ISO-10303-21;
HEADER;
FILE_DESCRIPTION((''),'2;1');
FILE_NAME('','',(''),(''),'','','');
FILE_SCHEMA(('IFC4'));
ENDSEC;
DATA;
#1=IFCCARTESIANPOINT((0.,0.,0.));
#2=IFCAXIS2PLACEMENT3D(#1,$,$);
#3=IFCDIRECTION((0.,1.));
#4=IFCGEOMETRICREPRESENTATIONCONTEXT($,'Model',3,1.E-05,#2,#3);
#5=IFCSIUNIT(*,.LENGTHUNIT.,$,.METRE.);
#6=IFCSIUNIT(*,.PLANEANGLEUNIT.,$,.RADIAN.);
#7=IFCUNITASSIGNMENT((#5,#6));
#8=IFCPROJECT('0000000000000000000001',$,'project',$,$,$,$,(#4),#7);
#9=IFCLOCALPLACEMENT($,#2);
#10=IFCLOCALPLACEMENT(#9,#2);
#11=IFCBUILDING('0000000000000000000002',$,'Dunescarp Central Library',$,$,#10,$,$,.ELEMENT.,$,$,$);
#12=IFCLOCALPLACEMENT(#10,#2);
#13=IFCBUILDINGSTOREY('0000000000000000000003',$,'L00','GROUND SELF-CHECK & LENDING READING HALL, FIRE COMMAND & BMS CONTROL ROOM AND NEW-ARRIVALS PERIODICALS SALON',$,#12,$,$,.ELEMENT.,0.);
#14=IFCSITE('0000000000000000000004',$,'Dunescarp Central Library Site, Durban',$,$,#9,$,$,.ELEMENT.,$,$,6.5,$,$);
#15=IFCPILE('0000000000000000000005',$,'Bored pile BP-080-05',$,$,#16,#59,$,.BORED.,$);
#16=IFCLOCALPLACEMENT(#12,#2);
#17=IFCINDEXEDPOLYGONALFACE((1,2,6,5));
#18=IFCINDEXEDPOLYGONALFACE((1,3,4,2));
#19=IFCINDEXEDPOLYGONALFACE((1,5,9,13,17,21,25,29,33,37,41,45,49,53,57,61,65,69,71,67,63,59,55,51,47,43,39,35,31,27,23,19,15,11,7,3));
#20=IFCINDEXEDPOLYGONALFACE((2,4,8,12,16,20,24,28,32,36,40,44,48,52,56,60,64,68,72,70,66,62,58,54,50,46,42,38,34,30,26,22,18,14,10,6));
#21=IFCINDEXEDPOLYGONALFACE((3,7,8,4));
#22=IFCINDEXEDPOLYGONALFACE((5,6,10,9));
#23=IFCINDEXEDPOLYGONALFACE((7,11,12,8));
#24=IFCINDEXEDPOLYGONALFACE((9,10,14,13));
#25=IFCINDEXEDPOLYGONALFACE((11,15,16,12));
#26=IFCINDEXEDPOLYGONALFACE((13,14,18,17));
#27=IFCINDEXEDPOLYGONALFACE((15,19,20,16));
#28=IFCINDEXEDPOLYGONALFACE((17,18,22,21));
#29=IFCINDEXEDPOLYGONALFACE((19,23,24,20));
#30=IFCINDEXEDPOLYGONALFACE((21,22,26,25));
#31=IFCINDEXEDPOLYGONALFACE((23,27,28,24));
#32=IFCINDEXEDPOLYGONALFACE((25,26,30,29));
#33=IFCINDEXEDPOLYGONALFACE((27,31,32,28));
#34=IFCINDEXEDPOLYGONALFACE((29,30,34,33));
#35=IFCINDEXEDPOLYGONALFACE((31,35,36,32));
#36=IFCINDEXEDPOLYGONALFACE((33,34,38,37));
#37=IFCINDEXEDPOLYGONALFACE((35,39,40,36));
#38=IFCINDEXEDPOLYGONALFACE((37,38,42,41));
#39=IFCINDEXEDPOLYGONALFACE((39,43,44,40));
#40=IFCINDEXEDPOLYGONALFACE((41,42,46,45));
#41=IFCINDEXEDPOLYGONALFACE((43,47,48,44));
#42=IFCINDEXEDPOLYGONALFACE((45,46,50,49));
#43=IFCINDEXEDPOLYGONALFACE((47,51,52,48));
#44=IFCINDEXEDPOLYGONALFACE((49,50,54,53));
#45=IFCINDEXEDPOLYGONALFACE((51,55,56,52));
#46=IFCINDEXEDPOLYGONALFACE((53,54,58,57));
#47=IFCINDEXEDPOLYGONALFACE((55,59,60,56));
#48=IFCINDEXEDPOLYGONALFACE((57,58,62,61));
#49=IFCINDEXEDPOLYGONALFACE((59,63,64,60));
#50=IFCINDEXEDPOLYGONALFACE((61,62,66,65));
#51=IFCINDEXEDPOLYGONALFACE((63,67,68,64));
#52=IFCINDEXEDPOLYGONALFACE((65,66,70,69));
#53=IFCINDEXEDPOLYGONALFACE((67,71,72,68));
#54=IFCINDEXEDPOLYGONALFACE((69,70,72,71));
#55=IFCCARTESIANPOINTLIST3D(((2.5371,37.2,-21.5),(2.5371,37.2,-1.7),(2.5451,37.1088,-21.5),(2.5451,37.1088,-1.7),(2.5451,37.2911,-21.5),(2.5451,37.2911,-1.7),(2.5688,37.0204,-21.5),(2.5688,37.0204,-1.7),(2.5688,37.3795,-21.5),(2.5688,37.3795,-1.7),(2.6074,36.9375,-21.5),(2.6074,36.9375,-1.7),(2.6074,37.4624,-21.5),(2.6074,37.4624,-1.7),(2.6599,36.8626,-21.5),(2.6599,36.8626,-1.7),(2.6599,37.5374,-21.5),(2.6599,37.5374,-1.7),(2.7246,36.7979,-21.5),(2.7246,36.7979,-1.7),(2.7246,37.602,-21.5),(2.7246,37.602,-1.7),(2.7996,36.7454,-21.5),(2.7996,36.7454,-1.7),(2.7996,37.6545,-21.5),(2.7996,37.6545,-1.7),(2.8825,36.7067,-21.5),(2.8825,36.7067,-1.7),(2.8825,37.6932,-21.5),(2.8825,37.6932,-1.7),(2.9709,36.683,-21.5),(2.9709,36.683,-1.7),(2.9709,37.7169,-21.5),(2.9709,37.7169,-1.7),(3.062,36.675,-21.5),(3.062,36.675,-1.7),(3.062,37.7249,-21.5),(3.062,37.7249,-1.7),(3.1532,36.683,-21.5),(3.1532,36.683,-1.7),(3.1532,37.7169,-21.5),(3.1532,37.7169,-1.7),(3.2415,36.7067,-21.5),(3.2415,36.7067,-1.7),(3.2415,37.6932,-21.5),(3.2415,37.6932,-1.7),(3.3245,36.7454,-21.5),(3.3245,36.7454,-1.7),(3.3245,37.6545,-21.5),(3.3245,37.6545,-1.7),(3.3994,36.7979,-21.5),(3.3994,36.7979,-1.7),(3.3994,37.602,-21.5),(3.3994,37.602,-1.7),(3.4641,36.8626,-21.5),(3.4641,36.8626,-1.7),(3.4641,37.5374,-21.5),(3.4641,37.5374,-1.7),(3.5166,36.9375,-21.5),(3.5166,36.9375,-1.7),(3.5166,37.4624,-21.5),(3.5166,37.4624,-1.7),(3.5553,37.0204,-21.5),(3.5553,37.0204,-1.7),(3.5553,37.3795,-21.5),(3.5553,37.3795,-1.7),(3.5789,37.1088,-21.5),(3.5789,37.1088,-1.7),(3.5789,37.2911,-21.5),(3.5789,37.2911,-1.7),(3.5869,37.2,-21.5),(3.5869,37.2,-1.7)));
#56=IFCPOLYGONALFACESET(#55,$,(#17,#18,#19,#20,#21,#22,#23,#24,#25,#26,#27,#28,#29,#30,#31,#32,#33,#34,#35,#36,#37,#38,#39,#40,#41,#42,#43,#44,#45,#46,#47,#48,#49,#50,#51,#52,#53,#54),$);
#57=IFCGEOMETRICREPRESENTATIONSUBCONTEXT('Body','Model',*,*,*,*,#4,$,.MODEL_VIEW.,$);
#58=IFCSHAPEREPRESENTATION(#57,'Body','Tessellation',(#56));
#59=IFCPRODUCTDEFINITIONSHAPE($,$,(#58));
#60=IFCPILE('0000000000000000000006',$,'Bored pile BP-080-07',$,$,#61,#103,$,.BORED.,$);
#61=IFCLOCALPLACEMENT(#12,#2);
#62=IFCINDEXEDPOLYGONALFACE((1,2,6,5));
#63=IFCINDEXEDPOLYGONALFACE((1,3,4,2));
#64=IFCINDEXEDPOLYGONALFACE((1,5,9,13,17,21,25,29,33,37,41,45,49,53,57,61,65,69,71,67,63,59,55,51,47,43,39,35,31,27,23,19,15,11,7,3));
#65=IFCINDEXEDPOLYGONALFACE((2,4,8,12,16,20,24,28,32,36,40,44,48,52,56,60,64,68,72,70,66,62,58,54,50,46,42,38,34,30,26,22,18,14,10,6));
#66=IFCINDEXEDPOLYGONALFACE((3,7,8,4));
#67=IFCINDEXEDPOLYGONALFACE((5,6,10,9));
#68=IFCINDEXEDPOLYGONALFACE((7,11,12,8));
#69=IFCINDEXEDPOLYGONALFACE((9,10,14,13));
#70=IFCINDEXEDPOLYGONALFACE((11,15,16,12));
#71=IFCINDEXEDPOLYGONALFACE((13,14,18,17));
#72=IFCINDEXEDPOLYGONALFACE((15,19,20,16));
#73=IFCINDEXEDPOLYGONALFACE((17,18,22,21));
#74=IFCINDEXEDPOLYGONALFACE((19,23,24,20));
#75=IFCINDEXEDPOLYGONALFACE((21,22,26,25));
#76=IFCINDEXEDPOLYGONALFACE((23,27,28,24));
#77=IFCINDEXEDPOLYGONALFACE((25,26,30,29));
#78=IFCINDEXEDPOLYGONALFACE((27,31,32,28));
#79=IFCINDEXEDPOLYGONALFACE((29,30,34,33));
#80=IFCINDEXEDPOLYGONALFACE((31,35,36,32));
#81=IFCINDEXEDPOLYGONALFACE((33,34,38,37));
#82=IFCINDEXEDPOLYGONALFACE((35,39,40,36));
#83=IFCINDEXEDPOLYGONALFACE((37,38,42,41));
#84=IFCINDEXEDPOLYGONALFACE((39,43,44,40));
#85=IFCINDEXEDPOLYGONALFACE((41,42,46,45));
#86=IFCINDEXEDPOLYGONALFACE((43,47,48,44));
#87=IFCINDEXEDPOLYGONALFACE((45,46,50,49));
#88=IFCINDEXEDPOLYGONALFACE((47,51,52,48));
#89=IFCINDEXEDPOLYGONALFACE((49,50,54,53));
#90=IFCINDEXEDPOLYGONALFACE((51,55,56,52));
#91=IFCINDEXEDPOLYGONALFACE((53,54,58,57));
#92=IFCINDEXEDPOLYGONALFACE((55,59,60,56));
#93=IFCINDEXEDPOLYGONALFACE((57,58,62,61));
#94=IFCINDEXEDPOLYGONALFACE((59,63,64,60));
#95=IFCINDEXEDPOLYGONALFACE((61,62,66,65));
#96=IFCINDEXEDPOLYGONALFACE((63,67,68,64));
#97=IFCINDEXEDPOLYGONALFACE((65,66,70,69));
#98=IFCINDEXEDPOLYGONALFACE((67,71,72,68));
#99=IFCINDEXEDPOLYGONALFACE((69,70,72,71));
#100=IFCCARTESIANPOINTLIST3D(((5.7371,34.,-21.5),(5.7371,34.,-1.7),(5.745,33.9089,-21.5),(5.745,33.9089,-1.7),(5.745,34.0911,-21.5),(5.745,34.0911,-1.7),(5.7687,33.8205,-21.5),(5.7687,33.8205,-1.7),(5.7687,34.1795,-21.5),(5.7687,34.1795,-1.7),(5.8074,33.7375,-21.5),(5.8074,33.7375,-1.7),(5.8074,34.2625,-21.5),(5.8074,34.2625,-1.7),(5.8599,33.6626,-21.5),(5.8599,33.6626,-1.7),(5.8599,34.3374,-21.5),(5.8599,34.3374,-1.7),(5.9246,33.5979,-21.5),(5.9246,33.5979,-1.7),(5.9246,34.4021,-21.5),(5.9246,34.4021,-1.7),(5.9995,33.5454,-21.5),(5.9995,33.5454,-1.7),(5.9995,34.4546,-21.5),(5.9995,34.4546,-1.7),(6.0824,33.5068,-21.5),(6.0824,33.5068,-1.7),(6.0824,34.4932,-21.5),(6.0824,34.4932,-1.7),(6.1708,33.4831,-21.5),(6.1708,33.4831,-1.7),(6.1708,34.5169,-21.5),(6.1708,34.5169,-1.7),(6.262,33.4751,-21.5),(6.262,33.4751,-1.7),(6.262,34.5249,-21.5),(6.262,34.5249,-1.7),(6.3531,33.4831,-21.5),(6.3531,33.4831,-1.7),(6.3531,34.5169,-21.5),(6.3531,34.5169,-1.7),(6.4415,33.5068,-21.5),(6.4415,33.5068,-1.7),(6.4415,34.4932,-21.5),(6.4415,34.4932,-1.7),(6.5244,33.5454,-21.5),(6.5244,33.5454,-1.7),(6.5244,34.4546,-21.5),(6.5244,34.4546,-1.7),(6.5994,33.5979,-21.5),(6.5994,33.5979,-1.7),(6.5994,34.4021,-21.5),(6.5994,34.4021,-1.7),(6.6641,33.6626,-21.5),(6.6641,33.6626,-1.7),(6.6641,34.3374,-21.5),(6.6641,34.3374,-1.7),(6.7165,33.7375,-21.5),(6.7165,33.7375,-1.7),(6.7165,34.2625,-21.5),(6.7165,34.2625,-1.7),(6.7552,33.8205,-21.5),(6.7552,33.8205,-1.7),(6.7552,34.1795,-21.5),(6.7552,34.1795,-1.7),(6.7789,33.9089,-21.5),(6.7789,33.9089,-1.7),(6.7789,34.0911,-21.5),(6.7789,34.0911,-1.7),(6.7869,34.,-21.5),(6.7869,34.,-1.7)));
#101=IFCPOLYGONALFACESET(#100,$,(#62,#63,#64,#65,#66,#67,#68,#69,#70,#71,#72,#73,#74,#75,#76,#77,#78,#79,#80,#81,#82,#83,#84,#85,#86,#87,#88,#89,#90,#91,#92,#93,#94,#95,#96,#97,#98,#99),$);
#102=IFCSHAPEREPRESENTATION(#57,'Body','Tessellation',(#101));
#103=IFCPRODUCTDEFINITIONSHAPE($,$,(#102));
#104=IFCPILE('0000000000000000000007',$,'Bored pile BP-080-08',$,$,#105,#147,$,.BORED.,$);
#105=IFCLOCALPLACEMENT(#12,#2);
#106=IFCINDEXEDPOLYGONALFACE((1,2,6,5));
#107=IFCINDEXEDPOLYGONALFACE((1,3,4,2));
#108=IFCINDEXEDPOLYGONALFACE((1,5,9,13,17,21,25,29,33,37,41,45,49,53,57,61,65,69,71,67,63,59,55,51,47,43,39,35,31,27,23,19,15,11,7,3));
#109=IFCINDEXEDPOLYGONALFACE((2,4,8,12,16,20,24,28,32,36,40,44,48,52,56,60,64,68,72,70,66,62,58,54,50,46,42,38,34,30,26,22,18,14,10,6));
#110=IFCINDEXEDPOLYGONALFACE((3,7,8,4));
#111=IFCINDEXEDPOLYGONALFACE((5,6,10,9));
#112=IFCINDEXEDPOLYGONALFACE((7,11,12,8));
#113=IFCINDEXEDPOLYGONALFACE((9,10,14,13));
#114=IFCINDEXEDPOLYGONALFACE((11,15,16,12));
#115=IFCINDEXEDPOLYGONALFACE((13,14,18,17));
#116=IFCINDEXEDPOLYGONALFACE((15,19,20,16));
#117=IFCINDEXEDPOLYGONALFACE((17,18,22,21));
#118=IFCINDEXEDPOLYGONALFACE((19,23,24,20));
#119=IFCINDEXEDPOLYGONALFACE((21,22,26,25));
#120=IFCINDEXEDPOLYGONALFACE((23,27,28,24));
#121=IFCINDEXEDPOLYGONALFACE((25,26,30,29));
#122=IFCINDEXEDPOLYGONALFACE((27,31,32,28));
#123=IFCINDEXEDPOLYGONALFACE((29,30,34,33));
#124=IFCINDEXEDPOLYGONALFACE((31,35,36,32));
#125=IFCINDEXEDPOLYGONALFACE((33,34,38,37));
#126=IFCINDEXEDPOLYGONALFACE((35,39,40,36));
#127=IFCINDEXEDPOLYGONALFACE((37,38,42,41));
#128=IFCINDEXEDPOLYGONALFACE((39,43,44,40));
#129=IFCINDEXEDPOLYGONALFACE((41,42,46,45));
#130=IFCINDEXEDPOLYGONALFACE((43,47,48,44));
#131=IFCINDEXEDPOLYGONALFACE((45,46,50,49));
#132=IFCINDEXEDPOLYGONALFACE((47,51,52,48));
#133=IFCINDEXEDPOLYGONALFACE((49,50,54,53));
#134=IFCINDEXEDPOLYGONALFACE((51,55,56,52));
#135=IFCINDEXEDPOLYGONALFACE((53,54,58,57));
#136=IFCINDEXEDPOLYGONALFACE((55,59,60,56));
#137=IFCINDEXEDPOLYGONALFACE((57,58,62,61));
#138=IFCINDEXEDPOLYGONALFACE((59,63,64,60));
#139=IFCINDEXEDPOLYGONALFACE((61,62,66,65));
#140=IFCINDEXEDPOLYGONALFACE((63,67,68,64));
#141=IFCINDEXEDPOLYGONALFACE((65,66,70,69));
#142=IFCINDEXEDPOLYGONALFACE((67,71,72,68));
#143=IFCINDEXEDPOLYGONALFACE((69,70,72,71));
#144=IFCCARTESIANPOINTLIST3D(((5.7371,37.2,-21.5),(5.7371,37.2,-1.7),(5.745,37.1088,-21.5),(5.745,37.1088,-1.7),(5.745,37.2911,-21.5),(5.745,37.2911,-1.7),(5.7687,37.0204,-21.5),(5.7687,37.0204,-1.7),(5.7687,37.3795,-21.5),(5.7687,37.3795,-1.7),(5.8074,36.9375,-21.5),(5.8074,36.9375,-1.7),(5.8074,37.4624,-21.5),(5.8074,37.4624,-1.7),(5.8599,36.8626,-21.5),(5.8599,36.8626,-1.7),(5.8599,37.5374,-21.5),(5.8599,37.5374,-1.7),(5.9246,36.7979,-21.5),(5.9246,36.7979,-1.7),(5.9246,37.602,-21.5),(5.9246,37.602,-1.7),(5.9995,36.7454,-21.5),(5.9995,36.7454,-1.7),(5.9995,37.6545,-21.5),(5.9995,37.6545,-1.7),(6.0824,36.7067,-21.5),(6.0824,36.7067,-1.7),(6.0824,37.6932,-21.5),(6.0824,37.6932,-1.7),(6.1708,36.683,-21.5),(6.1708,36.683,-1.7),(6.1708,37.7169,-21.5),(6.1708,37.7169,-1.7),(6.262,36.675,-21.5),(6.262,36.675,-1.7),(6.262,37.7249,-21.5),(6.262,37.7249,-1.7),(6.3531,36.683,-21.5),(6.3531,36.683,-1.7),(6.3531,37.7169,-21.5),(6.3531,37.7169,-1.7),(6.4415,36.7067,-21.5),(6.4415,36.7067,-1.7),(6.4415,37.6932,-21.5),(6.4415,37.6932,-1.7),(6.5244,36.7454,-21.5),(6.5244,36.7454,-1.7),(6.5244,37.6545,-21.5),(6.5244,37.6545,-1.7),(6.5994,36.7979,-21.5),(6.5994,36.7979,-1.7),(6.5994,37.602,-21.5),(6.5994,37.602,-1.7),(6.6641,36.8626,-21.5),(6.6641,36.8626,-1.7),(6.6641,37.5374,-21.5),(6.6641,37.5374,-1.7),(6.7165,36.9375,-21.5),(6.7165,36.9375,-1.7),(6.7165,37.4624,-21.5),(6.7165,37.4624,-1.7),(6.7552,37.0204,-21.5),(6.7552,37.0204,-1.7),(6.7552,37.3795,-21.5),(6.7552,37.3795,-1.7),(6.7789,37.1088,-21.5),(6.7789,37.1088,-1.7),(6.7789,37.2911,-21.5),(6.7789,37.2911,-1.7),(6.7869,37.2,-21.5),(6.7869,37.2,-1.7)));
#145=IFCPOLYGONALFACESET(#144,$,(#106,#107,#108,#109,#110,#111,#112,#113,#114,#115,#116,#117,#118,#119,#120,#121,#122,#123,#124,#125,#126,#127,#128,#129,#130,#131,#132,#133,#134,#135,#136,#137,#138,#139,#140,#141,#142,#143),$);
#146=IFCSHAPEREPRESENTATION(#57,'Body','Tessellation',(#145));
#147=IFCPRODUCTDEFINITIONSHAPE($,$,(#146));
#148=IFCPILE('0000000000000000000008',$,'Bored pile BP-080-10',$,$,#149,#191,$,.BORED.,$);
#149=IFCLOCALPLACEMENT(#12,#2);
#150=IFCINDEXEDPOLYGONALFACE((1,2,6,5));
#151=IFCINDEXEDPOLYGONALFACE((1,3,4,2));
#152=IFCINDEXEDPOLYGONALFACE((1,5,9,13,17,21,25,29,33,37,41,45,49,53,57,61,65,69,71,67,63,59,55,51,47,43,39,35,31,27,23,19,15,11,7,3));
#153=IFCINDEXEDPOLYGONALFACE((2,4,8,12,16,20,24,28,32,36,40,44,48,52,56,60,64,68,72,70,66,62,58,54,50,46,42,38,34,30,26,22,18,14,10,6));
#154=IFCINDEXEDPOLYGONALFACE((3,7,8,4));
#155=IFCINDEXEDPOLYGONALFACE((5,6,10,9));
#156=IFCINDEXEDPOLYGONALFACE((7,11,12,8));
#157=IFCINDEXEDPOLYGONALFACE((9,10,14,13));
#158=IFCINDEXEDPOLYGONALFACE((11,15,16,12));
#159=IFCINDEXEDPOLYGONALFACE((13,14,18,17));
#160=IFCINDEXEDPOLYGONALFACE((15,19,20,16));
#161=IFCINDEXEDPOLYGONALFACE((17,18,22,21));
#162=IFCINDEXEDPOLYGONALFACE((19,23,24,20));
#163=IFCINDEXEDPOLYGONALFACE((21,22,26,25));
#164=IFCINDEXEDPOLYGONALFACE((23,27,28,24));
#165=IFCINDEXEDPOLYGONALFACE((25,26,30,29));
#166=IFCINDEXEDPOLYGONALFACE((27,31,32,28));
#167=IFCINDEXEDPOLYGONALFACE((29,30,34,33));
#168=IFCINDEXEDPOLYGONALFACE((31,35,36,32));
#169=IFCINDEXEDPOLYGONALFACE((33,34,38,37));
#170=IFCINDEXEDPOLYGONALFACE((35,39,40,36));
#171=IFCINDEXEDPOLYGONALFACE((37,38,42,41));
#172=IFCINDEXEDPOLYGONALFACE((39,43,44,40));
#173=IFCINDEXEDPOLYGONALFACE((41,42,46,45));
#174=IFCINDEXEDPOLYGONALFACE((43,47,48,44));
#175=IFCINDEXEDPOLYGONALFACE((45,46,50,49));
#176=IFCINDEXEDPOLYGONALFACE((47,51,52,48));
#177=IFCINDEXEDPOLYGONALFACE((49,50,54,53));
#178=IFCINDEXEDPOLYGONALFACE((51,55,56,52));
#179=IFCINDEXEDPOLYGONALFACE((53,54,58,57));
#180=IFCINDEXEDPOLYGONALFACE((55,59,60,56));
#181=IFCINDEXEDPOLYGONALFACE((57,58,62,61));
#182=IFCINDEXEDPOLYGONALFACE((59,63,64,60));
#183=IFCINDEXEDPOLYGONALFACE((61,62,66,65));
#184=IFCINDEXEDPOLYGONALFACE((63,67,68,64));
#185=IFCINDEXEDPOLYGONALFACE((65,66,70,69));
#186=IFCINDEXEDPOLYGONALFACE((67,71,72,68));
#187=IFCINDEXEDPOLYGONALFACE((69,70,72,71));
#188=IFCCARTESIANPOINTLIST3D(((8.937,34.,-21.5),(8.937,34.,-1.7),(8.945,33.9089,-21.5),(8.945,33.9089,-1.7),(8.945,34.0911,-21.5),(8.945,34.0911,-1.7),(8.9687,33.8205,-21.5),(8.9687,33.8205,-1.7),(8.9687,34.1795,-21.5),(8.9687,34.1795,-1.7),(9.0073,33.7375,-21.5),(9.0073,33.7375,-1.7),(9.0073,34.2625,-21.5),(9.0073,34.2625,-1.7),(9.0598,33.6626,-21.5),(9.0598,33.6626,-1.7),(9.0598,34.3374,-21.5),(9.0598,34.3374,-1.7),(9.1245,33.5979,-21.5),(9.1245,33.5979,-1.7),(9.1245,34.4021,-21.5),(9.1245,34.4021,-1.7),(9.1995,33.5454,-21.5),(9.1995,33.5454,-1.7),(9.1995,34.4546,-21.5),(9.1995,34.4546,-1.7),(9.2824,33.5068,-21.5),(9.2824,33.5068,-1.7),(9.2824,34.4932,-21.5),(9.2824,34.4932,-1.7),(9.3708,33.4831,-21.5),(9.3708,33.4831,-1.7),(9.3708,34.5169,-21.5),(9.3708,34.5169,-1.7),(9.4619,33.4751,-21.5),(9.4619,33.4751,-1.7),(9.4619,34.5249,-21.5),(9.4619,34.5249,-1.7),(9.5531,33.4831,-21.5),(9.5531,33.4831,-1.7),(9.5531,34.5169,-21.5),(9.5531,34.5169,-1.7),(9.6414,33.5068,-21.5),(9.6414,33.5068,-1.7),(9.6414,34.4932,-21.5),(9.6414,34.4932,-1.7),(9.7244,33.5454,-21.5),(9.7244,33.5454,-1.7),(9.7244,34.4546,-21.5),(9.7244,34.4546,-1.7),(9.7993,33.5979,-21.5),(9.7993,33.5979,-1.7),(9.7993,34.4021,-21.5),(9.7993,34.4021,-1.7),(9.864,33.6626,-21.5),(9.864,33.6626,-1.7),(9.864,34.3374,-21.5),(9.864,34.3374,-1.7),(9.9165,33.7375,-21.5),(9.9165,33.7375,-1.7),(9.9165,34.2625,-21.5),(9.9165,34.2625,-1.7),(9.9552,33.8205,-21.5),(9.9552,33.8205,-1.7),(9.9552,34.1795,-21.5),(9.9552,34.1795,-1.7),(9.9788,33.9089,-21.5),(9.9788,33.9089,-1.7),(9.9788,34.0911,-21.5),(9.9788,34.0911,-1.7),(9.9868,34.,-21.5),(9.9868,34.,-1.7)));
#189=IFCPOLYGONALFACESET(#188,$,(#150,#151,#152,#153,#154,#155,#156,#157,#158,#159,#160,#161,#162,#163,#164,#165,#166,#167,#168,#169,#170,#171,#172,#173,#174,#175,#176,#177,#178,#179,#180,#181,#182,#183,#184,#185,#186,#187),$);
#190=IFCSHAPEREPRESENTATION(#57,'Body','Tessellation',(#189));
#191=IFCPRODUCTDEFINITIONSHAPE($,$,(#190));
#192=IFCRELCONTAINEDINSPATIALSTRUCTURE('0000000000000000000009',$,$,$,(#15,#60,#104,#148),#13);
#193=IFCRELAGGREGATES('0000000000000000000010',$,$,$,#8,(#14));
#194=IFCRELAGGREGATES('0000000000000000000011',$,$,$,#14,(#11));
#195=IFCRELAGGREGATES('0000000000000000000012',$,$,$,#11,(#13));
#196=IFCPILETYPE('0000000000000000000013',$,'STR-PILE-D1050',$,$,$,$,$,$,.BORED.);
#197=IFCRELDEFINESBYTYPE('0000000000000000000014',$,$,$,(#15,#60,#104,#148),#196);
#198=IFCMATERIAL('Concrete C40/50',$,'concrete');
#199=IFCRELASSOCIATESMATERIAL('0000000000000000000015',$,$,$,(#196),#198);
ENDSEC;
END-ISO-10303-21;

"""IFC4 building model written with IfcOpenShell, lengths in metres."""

from ifc_helpers import new_model, si_unit, direction, frame, origin, origin_2d, place, context, subcontext, project, spatial, circle, extrude, material, material_profile, profile_set, type_object, element, save


model = new_model("IFC4")

# Units and contexts
model_context = context("Model", 3, precision=1e-05, world=origin(), true_north=direction((0.0, 1.0)))
body_context = subcontext(model_context, "Body", "Model", "MODEL_VIEW")
ifc_project = project(units=[si_unit("LENGTHUNIT", "METRE"), si_unit("PLANEANGLEUNIT", "RADIAN")], contexts=[model_context])

# Site, building, storey
site_placement = place(None, origin())
site = spatial("IfcSite", under=ifc_project, at=site_placement, Name="Dunescarp Central Library Site, Durban", CompositionType="ELEMENT", RefElevation=6.5)
building_placement = place(site_placement, origin())
building = spatial("IfcBuilding", under=site, at=building_placement, Name="Dunescarp Central Library", CompositionType="ELEMENT")
storey_placement = place(building_placement, origin())
storey = spatial("IfcBuildingStorey", under=building, at=storey_placement, Name="L00", Description="GROUND SELF-CHECK & LENDING READING HALL, FIRE COMMAND & BMS CONTROL ROOM AND NEW-ARRIVALS PERIODICALS SALON", CompositionType="ELEMENT", Elevation=0.0)

# Piles
ifc_material_1 = material(Name="Concrete C40/50", Category="concrete")
ifc_material_profile_1 = material_profile(ifc_material_1, circle(Radius=0.5249, at=origin_2d()), Name="PILE D1050")
ifc_profile_set_1 = profile_set([ifc_material_profile_1], Name="Concrete C40/50")
pile_type = type_object("IfcPileType", Name="STR-PILE-D1050", PredefinedType="BORED", material=ifc_profile_set_1)
for number, where, z_axis, x_axis, name in (
    (1, (3.062, 37.2, -1.7), (0.0, 0.0, -1.0), (1.0, 0.0, 0.0), "Bored pile BP-080-05"),
    (2, (6.262, 34.0, -1.7), (0.0, 0.0, -1.0), (1.0, 0.0, 0.0), "Bored pile BP-080-07"),
    (3, (6.262, 37.2, -1.7), (0.0, 0.0, -1.0), (1.0, 0.0, 0.0), "Bored pile BP-080-08"),
    (4, (9.4619, 34.0, -1.7), (0.0, 0.0, -1.0), (1.0, 0.0, 0.0), "Bored pile BP-080-10"),
):
    element("IfcPile", number, at=place(storey_placement, frame(where, z_axis=z_axis, x_axis=x_axis)), inside=storey, type_object=pile_type, Name=name, PredefinedType="BORED", context=body_context, shape_type="SweptSolid", body=[
        extrude(circle(Radius=0.5249, at=origin_2d()), origin(), (0.0, 0.0, 1.0), 19.8),
    ])

save(model, "model.ifc")
